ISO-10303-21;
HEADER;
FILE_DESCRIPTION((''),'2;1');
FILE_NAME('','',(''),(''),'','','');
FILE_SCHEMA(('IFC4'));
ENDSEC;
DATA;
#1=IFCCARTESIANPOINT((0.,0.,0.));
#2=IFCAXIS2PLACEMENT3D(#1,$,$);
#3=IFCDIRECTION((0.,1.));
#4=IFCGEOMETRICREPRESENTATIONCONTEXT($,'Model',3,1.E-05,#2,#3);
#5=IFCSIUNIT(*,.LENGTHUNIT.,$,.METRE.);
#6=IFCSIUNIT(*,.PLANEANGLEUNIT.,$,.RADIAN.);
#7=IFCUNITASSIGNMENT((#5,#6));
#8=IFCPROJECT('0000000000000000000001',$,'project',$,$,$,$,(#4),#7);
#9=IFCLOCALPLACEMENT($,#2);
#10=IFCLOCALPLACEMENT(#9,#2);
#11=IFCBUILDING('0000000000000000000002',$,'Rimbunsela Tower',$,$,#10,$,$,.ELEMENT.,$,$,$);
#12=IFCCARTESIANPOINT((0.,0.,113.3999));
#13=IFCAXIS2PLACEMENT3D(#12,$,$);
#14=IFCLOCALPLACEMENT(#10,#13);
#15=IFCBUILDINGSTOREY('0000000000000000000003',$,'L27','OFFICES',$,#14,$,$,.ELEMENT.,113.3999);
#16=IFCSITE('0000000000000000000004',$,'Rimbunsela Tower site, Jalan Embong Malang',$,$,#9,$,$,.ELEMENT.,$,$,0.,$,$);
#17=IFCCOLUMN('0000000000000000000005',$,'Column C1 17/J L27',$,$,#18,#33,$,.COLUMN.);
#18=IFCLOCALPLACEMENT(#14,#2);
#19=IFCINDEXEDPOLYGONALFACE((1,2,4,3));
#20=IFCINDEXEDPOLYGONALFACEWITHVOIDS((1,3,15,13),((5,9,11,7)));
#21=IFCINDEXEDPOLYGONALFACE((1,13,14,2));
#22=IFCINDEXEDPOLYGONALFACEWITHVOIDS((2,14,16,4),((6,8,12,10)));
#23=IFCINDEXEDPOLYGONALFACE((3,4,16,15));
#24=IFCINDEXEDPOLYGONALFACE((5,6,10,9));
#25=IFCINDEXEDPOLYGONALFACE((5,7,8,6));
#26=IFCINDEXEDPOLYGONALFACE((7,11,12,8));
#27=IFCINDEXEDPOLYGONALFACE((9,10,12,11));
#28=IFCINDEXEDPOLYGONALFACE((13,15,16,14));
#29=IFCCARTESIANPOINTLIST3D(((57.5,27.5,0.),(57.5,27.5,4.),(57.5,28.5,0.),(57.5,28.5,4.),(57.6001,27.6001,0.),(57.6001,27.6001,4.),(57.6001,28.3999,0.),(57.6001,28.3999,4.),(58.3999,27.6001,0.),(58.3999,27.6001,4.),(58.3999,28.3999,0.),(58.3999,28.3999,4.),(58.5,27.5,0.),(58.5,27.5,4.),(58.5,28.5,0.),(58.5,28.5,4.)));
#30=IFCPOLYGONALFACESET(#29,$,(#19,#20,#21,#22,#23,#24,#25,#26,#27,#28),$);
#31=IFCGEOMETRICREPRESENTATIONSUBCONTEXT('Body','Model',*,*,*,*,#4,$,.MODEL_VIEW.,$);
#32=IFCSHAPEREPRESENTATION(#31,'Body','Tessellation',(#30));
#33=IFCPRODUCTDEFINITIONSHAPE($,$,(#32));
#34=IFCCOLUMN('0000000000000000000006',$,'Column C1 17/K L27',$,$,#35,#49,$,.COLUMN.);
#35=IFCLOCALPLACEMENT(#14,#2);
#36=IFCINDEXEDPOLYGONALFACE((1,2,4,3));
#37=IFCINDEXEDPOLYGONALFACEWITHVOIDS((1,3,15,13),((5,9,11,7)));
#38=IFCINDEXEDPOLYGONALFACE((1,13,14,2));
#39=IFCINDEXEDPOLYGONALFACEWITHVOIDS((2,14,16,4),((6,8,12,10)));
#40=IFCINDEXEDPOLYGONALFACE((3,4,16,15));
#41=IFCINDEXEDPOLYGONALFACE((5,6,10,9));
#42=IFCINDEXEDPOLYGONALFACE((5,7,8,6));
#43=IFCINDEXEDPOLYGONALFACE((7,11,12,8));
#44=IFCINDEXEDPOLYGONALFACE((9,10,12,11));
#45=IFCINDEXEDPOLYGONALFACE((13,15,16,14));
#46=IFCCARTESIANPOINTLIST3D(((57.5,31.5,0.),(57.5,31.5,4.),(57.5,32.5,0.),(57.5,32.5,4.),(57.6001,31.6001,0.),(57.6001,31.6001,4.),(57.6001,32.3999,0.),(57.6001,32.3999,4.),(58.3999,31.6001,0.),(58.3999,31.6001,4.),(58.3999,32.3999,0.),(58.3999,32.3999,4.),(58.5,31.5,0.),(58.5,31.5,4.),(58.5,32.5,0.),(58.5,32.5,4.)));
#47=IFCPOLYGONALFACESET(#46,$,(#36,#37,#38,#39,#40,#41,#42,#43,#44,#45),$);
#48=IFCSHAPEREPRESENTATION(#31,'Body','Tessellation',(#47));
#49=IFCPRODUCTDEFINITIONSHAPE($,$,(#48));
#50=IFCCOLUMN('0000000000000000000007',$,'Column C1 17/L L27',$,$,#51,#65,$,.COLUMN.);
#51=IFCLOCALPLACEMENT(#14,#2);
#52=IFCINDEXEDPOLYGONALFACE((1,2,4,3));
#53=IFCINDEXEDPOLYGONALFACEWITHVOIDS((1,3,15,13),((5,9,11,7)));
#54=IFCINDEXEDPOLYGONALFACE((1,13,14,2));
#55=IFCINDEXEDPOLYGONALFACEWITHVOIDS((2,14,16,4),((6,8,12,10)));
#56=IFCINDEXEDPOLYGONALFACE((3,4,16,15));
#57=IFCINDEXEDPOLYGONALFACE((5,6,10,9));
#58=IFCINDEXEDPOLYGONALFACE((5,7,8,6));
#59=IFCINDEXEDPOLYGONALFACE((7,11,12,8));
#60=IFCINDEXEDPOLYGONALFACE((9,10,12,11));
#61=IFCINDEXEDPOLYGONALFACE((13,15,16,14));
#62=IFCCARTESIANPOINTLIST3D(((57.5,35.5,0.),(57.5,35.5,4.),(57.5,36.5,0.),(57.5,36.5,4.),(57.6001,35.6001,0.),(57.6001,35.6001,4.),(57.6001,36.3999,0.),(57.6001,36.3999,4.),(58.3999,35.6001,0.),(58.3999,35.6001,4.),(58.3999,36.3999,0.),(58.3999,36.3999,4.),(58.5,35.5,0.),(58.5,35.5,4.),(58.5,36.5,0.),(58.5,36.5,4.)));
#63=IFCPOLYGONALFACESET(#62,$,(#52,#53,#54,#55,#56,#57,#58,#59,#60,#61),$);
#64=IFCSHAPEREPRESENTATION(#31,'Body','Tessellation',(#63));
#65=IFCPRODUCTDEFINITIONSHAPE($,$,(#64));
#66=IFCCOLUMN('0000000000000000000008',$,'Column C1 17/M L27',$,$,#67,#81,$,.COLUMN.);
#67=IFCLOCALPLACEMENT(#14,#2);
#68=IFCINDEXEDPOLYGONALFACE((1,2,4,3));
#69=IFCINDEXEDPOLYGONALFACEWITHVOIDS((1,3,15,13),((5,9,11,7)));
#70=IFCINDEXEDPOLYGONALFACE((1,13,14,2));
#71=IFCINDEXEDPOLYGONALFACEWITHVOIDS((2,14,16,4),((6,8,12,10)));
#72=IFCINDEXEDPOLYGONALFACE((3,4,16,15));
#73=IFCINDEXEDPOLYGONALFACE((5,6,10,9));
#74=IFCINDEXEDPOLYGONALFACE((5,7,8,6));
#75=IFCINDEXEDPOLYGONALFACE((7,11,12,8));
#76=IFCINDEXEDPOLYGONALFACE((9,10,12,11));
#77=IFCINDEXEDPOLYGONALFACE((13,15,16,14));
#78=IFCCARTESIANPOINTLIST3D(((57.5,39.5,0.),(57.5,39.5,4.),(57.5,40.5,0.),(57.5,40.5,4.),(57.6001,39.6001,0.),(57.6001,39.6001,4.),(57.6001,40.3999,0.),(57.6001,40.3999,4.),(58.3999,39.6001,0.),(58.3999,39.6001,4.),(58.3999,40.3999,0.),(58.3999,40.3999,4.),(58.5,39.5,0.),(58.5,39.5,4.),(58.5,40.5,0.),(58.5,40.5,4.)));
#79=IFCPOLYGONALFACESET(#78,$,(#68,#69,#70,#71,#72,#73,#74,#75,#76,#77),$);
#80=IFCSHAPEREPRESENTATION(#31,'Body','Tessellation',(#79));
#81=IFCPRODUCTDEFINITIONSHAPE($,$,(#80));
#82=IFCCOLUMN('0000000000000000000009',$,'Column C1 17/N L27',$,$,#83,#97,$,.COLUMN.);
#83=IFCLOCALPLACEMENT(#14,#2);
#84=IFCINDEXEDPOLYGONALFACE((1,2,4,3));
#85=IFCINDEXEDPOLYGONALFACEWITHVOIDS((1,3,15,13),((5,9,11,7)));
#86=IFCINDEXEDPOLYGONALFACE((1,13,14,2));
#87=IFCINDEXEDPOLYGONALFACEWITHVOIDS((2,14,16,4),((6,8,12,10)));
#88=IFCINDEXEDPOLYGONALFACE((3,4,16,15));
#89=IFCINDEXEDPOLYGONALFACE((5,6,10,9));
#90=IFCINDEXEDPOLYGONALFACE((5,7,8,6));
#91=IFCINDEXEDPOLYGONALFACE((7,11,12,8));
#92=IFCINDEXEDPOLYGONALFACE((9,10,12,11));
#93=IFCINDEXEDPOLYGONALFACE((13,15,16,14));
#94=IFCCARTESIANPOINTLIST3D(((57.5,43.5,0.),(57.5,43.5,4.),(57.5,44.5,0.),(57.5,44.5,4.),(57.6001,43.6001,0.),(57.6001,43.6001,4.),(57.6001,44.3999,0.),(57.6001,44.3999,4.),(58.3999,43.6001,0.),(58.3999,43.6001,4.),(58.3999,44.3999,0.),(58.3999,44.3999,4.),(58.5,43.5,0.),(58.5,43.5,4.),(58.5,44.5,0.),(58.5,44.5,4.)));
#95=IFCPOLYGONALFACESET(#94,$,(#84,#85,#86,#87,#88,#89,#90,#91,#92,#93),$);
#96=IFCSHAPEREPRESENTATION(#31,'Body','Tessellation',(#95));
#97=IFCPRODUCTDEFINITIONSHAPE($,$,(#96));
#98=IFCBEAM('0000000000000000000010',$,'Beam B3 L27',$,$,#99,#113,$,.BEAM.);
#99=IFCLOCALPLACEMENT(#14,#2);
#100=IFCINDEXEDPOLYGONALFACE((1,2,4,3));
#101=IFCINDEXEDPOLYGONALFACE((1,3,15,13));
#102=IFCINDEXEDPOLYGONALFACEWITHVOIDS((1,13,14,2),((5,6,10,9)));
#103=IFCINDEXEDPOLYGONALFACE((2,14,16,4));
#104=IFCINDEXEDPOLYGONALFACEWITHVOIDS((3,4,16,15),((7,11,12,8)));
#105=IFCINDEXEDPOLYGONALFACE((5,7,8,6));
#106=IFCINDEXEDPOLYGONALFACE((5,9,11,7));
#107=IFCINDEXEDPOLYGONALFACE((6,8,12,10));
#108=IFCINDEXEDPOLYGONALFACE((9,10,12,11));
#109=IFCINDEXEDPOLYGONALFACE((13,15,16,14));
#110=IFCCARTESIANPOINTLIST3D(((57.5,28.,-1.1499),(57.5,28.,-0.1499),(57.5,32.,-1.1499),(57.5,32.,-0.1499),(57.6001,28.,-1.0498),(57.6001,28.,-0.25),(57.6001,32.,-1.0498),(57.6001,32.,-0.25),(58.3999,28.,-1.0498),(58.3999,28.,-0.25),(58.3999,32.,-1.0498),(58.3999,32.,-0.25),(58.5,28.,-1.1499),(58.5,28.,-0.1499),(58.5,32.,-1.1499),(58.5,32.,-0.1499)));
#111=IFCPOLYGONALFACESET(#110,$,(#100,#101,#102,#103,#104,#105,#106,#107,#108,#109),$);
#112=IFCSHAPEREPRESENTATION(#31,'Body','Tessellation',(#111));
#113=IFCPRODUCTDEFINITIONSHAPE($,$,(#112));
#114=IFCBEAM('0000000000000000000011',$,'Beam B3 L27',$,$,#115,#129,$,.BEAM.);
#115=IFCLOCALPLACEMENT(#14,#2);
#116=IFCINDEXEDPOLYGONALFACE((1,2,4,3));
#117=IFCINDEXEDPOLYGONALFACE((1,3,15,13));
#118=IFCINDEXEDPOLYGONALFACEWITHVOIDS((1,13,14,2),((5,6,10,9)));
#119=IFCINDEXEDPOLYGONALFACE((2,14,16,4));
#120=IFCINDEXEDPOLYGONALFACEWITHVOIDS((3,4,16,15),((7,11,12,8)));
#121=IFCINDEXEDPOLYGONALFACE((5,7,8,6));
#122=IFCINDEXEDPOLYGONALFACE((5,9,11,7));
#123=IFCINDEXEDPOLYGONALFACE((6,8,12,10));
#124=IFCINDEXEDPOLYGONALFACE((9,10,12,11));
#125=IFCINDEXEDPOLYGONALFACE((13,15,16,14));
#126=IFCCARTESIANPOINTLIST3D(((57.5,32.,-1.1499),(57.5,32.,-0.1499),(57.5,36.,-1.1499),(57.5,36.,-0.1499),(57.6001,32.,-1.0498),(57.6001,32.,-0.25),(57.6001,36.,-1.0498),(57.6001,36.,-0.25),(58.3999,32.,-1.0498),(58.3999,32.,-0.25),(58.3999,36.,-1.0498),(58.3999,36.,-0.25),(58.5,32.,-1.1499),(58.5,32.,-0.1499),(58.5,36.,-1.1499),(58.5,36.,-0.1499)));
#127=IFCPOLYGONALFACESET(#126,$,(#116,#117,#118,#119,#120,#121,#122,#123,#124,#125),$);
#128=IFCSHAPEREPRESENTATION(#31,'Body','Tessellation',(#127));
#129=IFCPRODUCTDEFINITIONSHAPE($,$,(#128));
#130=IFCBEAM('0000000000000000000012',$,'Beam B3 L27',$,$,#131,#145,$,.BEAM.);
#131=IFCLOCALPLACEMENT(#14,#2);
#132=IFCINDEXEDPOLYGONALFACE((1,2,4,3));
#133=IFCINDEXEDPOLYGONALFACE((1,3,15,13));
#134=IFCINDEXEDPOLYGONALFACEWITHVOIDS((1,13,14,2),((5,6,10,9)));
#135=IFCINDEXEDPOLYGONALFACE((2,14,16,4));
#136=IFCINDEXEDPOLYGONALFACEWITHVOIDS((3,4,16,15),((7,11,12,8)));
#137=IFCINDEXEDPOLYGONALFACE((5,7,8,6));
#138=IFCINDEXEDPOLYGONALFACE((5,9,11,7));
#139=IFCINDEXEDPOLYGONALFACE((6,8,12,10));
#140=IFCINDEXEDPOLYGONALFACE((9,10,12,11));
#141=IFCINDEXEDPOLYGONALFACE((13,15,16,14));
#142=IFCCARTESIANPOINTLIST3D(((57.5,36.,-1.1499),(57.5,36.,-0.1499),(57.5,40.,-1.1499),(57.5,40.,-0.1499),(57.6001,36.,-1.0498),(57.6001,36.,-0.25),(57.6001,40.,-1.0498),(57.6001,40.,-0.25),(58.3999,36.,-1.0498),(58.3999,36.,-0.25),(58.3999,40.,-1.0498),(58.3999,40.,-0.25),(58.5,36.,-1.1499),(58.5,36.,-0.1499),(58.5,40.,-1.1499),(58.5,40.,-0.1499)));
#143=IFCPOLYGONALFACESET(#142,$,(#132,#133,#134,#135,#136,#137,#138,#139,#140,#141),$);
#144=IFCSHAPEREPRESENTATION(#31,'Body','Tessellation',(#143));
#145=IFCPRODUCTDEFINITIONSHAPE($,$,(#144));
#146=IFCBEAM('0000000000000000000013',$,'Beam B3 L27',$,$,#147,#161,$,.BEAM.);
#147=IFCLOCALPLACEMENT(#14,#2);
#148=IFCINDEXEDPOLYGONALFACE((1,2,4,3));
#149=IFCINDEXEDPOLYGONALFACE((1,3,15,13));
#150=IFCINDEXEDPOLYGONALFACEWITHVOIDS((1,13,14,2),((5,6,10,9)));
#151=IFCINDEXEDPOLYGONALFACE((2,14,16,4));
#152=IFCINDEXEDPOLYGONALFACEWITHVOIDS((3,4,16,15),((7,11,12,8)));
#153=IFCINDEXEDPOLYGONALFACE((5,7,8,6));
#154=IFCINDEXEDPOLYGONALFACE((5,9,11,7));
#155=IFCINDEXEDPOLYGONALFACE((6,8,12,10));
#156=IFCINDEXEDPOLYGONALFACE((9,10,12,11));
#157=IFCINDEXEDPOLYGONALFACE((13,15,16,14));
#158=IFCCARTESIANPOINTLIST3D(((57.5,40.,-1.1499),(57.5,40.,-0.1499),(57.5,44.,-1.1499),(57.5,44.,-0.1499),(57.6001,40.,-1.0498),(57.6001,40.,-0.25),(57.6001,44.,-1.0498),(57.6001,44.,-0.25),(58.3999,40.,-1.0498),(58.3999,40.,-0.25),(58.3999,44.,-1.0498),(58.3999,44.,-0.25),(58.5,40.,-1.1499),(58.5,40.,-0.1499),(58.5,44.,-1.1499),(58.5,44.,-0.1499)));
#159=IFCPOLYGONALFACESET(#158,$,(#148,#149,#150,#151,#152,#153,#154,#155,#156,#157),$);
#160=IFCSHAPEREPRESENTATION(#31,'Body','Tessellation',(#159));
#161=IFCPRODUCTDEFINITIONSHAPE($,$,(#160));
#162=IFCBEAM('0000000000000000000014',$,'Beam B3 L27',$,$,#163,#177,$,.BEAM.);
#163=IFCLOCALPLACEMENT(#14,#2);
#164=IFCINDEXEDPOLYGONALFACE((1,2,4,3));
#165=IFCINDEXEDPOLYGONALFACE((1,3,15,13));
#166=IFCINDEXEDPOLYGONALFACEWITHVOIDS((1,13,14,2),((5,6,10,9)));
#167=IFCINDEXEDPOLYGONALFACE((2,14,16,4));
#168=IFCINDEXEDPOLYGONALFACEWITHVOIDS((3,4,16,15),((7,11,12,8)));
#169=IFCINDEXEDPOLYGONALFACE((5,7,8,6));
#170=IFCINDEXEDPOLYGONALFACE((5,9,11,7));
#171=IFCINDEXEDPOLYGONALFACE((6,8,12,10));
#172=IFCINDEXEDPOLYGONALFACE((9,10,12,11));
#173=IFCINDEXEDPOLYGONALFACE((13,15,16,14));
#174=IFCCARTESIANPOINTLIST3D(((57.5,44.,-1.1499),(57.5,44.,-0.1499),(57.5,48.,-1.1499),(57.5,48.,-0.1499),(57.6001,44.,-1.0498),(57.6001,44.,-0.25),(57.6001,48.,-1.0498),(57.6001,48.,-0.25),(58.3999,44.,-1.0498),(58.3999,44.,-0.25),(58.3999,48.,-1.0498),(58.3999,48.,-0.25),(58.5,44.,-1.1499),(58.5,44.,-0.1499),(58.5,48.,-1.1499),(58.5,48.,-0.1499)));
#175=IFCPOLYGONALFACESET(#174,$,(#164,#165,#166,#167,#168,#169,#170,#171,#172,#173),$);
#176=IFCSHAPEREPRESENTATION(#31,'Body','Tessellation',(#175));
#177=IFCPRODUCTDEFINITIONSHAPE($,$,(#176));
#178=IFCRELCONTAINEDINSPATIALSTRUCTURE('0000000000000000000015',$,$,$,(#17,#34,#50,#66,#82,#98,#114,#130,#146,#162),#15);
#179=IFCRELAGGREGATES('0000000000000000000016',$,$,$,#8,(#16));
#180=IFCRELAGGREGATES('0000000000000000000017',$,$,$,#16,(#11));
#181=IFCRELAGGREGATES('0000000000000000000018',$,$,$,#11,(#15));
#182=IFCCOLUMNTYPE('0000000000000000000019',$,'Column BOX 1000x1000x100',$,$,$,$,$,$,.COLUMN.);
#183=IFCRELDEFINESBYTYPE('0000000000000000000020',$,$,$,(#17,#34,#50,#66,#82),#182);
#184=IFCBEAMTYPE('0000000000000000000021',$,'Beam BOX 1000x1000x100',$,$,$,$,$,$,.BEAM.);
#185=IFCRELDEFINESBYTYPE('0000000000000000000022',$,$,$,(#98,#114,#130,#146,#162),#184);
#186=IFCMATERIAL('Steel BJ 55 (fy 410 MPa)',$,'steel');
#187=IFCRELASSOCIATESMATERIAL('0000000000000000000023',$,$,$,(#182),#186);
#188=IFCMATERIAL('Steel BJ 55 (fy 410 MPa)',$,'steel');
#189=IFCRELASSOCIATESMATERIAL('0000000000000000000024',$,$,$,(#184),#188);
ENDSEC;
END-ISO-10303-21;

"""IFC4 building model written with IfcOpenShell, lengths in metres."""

from ifc_helpers import new_model, si_unit, direction, frame, origin, origin_2d, place, context, subcontext, project, spatial, hollow_rectangle, extrude, material, material_profile, profile_set, type_object, element, save


model = new_model("IFC4")

# Units and contexts
model_context = context("Model", 3, precision=1e-05, world=origin(), true_north=direction((0.0, 1.0)))
body_context = subcontext(model_context, "Body", "Model", "MODEL_VIEW")
ifc_project = project(units=[si_unit("LENGTHUNIT", "METRE"), si_unit("PLANEANGLEUNIT", "RADIAN")], contexts=[model_context])

# Site, building, storey
site_placement = place(None, origin())
site = spatial("IfcSite", under=ifc_project, at=site_placement, Name="Rimbunsela Tower site, Jalan Embong Malang", CompositionType="ELEMENT", RefElevation=0.0)
building_placement = place(site_placement, origin())
building = spatial("IfcBuilding", under=site, at=building_placement, Name="Rimbunsela Tower", CompositionType="ELEMENT")
storey_placement = place(building_placement, frame((0.0, 0.0, 113.3999)))
storey = spatial("IfcBuildingStorey", under=building, at=storey_placement, Name="L27", Description="OFFICES", CompositionType="ELEMENT", Elevation=113.3999)

# Columns
ifc_material_1 = material(Name="Steel BJ 55 (fy 410 MPa)", Category="steel")
ifc_material_profile_1 = material_profile(ifc_material_1, hollow_rectangle(XDim=1.0, YDim=1.0, WallThickness=0.1001, at=origin_2d()), Name="BOX 1000x1000x100")
ifc_profile_set_1 = profile_set([ifc_material_profile_1], Name="Steel BJ 55 (fy 410 MPa)")
column_type = type_object("IfcColumnType", Name="Column BOX 1000x1000x100", PredefinedType="COLUMN", material=ifc_profile_set_1)
for number, where, z_axis, x_axis, name in (
    (1, (58.0, 28.0, 0.0), (0.0, 0.0, 1.0), (1.0, 0.0, 0.0), "Column C1 17/J L27"),
    (2, (58.0, 32.0, 0.0), (0.0, 0.0, 1.0), (1.0, 0.0, 0.0), "Column C1 17/K L27"),
    (3, (58.0, 36.0, 0.0), (0.0, 0.0, 1.0), (1.0, 0.0, 0.0), "Column C1 17/L L27"),
    (4, (58.0, 40.0, 0.0), (0.0, 0.0, 1.0), (1.0, 0.0, 0.0), "Column C1 17/M L27"),
    (5, (58.0, 44.0, 0.0), (0.0, 0.0, 1.0), (1.0, 0.0, 0.0), "Column C1 17/N L27"),
):
    element("IfcColumn", number, at=place(storey_placement, frame(where, z_axis=z_axis, x_axis=x_axis)), inside=storey, type_object=column_type, Name=name, PredefinedType="COLUMN", context=body_context, shape_type="SweptSolid", body=[
        extrude(hollow_rectangle(XDim=1.0, YDim=1.0, WallThickness=0.1001, at=origin_2d()), origin(), (0.0, 0.0, 1.0), 4.0),
    ])

# Beams
ifc_material_2 = material(Name="Steel BJ 55 (fy 410 MPa)", Category="steel")
ifc_material_profile_2 = material_profile(ifc_material_2, hollow_rectangle(XDim=1.0, YDim=1.0, WallThickness=0.1001, at=origin_2d()), Name="BOX 1000x1000x100")
ifc_profile_set_2 = profile_set([ifc_material_profile_2], Name="Steel BJ 55 (fy 410 MPa)")
beam_type_1 = type_object("IfcBeamType", Name="Beam BOX 1000x1000x100", PredefinedType="BEAM", material=ifc_profile_set_2)
for number, where, z_axis, x_axis, name in (
    (6, (58.0, 28.0, -0.6499), (0.0, 1.0, 0.0), (-1.0, 0.0, 0.0), "Beam B3 L27"),
    (7, (58.0, 32.0, -0.6499), (0.0, 1.0, 0.0), (-1.0, 0.0, 0.0), "Beam B3 L27"),
    (8, (58.0, 36.0, -0.6499), (0.0, 1.0, 0.0), (-1.0, 0.0, 0.0), "Beam B3 L27"),
    (9, (58.0, 40.0, -0.6499), (0.0, 1.0, 0.0), (-1.0, 0.0, 0.0), "Beam B3 L27"),
    (10, (58.0, 44.0, -0.6499), (0.0, 1.0, 0.0), (-1.0, 0.0, 0.0), "Beam B3 L27"),
):
    element("IfcBeam", number, at=place(storey_placement, frame(where, z_axis=z_axis, x_axis=x_axis)), inside=storey, type_object=beam_type_1, Name=name, PredefinedType="BEAM", context=body_context, shape_type="SweptSolid", body=[
        extrude(hollow_rectangle(XDim=1.0, YDim=1.0, WallThickness=0.1001, at=origin_2d()), origin(), (0.0, 0.0, 1.0), 4.0),
    ])

save(model, "model.ifc")
